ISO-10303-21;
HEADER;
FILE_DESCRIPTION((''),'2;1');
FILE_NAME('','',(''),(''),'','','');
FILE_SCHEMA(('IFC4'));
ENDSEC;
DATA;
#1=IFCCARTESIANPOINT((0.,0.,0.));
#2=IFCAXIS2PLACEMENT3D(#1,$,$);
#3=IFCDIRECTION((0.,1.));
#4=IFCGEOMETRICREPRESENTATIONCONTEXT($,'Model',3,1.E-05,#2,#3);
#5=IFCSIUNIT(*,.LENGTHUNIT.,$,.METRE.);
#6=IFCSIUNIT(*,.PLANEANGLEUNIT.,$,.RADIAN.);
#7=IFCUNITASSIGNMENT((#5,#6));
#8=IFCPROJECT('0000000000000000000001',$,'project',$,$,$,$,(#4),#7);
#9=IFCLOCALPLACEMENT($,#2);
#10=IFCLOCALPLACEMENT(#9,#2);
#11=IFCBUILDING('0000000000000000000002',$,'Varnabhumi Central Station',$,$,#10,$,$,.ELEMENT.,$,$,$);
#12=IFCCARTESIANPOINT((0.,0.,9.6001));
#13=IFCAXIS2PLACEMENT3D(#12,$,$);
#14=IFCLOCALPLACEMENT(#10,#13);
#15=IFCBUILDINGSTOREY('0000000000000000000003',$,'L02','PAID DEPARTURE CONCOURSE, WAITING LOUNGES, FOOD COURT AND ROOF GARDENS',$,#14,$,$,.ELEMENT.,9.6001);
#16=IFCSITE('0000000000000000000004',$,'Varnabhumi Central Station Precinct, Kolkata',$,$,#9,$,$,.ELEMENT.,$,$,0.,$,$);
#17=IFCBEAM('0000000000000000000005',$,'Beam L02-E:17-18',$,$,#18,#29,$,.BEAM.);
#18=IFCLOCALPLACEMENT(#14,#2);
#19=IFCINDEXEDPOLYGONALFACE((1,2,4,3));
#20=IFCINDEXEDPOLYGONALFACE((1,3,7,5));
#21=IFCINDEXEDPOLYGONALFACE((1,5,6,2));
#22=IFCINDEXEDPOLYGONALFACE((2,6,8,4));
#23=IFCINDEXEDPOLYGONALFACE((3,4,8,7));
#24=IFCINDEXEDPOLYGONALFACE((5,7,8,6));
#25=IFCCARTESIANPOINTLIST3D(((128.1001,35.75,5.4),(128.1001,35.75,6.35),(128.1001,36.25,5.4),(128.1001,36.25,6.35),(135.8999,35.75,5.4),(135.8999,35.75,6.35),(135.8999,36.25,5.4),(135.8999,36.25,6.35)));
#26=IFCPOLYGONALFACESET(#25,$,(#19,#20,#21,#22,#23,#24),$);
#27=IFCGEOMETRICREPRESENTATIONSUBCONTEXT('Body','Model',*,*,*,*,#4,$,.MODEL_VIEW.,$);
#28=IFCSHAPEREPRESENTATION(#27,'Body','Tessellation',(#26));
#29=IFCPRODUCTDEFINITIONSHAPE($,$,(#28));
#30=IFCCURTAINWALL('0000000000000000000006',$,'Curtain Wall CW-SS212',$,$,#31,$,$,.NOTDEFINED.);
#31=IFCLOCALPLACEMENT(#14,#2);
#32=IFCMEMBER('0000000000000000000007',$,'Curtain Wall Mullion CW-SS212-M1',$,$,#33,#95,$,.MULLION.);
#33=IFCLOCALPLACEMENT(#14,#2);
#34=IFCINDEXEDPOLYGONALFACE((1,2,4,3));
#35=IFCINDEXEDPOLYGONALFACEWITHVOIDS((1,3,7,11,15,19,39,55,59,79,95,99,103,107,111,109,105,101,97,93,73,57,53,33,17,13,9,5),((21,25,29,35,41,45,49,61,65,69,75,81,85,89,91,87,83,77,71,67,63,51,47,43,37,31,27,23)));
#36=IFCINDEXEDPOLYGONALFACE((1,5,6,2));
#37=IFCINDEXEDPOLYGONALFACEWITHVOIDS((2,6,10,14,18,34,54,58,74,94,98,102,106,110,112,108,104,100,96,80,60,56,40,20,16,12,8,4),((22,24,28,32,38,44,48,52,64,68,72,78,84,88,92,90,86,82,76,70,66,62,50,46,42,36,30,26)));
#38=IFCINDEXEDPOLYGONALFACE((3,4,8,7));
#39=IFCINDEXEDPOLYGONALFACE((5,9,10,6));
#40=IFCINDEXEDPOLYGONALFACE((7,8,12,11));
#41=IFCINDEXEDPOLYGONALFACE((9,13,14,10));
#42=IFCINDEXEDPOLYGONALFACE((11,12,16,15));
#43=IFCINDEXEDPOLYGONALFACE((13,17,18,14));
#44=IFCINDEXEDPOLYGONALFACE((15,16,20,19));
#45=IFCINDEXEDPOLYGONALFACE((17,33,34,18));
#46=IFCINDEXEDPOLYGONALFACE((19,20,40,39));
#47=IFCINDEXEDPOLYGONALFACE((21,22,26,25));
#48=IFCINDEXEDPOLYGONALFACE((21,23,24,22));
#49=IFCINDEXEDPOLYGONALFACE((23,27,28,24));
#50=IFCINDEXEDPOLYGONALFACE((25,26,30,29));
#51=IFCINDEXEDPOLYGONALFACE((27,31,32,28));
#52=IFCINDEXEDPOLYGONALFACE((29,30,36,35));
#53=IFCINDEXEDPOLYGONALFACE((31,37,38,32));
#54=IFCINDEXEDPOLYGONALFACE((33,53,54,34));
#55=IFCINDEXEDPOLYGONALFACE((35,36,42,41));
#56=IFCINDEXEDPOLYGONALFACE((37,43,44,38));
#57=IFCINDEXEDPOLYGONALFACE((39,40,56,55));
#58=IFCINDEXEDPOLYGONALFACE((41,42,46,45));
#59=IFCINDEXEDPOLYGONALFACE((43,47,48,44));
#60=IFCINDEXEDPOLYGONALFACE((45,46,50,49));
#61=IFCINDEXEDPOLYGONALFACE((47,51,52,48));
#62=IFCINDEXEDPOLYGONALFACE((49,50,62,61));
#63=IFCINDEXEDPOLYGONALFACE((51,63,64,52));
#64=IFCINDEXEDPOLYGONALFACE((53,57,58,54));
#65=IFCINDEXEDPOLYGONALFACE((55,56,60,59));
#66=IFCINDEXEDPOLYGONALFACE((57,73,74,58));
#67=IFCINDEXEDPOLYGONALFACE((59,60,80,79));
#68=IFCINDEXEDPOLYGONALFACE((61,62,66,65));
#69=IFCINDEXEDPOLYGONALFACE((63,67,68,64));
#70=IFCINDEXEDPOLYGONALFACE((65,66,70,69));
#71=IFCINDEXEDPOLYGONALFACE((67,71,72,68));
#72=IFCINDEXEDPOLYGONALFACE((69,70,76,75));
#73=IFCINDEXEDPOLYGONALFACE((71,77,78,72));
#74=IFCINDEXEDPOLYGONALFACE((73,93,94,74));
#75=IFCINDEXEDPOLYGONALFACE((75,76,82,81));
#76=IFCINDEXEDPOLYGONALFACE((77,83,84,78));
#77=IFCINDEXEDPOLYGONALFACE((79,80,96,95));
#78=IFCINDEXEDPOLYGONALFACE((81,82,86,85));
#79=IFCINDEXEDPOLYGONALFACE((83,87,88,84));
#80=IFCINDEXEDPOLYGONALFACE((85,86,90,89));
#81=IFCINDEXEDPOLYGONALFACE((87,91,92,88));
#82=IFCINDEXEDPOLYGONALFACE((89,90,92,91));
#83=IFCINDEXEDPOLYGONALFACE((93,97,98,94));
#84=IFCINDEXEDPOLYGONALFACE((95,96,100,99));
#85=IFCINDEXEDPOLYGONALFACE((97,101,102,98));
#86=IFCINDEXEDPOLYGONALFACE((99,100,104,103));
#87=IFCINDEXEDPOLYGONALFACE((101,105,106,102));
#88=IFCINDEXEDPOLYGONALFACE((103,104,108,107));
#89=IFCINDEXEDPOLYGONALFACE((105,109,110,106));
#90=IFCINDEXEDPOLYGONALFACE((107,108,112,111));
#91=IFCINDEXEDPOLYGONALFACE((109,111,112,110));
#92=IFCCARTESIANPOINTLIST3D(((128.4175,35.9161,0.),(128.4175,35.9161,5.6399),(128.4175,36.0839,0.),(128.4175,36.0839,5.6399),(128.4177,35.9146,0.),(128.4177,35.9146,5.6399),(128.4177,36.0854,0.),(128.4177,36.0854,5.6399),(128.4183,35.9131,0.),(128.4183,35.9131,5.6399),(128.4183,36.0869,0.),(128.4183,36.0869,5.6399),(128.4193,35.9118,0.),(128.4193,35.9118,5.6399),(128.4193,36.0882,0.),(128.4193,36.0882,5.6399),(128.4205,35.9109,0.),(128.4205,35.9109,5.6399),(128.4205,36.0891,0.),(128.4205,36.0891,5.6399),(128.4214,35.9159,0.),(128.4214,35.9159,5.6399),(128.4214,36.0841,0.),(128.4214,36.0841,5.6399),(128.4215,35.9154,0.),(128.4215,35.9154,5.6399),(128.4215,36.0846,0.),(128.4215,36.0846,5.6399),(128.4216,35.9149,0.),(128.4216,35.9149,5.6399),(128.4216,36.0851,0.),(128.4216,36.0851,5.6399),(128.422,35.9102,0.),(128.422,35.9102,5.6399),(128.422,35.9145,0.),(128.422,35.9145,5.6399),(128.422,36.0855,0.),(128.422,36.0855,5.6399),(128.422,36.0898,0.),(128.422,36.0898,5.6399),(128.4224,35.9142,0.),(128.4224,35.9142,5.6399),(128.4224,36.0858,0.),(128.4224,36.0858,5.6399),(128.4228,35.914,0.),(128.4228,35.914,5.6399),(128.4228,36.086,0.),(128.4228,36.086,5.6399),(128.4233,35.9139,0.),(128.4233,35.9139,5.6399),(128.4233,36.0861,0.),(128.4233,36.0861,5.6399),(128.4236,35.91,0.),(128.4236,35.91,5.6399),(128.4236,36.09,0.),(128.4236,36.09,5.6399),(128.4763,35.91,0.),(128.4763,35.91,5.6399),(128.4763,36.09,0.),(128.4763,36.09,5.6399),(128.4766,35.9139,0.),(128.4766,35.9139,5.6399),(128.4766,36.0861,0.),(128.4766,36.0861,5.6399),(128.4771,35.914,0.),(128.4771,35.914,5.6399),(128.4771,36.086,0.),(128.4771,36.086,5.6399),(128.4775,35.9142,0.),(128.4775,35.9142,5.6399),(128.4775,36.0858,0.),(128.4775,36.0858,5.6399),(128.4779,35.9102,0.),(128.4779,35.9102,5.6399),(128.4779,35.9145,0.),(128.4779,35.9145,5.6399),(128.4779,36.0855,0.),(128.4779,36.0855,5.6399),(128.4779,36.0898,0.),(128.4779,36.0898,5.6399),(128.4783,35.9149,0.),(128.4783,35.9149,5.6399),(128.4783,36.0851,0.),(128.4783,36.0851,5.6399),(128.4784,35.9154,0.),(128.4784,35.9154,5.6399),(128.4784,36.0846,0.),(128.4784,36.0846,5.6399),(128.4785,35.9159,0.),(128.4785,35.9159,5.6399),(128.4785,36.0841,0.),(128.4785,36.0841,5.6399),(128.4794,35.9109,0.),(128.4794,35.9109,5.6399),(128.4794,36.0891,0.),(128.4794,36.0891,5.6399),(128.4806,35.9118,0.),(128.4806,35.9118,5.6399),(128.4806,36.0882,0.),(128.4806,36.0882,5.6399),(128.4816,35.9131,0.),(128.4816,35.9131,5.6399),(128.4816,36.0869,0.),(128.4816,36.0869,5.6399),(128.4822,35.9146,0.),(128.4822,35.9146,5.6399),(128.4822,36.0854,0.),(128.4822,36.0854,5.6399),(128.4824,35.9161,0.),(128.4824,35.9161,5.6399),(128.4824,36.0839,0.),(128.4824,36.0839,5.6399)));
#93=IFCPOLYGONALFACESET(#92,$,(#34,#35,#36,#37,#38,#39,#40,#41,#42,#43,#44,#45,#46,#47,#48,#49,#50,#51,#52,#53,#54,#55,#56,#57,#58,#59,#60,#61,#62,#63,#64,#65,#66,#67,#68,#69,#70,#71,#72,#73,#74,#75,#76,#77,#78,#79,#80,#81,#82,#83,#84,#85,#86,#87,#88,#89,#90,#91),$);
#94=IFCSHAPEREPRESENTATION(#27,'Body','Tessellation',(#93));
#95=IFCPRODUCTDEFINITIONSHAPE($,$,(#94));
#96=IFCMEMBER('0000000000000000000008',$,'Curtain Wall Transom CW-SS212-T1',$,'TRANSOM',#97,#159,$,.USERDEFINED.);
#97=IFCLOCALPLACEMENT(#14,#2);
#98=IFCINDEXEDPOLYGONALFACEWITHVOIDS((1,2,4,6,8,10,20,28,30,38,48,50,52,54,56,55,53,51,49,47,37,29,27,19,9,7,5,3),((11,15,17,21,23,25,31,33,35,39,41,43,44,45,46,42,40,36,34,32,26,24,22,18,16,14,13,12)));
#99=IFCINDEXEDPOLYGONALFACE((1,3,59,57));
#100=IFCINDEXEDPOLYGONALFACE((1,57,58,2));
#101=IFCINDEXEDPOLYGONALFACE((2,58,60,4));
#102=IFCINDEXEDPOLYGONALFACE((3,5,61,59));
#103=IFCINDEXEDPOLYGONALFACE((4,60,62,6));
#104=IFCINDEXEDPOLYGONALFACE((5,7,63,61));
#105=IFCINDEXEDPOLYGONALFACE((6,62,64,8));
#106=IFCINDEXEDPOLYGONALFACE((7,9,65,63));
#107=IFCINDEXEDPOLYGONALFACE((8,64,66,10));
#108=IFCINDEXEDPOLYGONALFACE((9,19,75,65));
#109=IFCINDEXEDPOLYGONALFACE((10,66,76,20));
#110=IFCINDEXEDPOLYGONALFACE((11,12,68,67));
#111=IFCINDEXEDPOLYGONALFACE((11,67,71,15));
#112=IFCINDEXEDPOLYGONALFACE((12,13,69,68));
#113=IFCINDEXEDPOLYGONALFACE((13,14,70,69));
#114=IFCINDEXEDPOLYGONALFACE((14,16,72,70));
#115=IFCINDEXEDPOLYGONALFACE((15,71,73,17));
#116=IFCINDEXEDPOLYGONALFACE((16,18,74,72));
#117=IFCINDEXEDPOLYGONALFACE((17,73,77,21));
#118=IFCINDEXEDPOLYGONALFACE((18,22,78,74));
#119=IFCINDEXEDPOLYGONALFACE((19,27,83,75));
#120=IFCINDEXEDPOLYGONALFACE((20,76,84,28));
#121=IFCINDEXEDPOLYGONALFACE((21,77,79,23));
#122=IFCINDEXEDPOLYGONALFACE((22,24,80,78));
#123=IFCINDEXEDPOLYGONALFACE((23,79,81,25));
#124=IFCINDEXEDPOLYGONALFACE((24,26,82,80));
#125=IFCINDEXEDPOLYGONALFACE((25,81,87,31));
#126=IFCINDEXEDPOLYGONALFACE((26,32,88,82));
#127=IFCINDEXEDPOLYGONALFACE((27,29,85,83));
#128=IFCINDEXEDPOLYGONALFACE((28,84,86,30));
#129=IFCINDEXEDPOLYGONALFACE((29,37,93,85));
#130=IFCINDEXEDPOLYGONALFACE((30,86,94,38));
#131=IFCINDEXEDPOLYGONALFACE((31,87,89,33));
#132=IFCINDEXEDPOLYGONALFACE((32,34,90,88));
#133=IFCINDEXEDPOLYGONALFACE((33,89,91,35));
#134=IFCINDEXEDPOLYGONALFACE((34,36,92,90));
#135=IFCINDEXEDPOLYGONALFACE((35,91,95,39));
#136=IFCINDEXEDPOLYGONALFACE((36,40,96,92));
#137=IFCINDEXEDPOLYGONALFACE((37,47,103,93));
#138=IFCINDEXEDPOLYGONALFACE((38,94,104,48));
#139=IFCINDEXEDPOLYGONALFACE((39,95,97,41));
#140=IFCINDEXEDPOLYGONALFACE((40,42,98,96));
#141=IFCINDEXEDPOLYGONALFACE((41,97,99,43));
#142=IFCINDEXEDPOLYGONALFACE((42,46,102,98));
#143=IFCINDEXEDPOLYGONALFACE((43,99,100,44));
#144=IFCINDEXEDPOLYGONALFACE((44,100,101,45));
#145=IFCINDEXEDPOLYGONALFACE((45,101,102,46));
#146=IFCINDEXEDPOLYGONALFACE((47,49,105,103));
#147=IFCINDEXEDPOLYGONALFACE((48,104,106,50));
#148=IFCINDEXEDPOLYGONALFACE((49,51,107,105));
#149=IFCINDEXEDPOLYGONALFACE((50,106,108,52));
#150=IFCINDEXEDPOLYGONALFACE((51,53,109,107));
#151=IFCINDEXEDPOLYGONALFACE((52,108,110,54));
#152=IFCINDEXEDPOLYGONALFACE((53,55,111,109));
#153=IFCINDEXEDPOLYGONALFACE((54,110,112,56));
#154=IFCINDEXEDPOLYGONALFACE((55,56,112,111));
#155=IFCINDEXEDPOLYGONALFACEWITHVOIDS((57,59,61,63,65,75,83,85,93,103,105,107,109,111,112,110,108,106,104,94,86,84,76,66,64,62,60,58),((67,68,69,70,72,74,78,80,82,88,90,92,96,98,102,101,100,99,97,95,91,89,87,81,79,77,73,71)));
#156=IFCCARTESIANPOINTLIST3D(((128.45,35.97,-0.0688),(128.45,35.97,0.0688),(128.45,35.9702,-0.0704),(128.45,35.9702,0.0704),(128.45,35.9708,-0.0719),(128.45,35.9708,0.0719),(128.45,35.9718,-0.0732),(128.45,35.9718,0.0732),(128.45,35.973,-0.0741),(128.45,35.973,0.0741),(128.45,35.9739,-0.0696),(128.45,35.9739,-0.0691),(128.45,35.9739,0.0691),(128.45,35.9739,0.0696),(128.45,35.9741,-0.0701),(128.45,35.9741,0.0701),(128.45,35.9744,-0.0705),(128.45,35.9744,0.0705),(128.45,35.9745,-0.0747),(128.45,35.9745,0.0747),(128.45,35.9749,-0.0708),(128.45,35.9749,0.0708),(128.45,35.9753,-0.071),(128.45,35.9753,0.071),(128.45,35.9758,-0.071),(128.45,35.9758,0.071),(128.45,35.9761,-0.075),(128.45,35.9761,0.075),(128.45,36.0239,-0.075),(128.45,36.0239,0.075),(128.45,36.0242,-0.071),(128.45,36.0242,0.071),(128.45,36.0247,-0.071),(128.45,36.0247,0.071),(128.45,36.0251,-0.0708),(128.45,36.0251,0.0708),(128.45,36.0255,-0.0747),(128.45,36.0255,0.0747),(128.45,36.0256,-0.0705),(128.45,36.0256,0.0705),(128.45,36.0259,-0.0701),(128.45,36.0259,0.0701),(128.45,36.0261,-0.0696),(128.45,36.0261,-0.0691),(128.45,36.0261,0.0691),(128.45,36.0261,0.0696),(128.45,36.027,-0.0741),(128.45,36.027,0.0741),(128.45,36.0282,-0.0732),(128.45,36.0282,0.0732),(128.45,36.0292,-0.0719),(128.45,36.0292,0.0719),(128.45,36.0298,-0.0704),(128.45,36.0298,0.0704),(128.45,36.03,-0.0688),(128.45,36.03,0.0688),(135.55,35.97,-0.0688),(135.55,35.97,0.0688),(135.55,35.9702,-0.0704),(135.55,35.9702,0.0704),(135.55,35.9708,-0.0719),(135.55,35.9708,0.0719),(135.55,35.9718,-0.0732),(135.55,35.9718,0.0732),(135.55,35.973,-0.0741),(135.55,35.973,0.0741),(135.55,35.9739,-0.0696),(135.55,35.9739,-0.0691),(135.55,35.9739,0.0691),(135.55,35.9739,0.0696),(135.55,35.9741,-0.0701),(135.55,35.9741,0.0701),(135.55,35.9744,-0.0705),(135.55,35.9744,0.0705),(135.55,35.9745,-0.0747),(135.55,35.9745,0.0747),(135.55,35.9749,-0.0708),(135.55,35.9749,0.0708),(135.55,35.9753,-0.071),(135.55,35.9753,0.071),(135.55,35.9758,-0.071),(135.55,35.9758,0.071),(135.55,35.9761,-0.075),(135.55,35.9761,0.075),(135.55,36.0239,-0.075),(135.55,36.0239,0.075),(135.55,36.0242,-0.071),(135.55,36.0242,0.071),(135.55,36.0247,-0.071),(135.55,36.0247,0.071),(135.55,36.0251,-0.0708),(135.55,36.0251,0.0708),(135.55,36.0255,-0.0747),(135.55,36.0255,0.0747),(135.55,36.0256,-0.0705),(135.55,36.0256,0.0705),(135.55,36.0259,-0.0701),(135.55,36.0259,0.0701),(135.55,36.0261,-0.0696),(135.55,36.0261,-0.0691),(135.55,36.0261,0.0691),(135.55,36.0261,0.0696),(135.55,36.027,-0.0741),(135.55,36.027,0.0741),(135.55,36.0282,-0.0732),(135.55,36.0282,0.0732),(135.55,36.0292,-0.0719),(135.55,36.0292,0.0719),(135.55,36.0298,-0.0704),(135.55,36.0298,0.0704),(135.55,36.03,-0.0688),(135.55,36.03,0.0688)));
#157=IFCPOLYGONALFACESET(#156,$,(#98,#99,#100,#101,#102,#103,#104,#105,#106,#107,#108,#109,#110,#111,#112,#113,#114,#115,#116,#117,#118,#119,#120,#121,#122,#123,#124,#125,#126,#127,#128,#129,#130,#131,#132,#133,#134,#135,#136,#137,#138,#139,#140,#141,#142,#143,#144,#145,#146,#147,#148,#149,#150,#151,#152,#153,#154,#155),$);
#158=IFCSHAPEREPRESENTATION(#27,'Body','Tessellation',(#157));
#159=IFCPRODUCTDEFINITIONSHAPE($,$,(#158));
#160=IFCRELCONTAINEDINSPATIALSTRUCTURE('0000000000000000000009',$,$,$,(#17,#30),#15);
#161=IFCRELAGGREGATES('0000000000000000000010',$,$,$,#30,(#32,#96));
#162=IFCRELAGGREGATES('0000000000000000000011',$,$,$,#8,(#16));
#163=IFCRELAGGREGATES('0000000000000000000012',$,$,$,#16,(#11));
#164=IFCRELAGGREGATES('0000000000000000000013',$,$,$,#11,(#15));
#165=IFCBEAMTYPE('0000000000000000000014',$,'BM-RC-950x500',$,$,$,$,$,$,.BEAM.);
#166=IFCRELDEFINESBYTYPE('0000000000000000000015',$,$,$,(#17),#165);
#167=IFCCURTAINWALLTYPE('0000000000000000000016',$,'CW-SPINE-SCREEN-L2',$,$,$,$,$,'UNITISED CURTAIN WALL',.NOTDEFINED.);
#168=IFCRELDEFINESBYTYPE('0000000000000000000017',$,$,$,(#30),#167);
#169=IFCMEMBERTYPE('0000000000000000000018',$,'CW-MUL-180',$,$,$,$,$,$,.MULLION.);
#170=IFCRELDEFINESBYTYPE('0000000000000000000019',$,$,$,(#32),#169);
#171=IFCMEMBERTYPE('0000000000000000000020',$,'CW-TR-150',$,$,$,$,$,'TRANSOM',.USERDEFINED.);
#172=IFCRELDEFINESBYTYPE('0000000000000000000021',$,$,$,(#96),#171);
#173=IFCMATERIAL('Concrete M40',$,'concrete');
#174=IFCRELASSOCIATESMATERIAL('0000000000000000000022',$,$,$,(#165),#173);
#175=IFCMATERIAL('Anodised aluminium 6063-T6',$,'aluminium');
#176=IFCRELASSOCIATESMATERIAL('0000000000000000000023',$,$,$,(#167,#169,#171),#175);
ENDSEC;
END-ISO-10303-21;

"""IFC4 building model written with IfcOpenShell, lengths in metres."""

from ifc_helpers import new_model, si_unit, direction, frame, origin, origin_2d, place, context, subcontext, project, spatial, rectangle, hollow_rectangle, extrude, material, material_profile, profile_set, type_object, element, aggregate, save


model = new_model("IFC4")

# Units and contexts
model_context = context("Model", 3, precision=1e-05, world=origin(), true_north=direction((0.0, 1.0)))
body_context = subcontext(model_context, "Body", "Model", "MODEL_VIEW")
ifc_project = project(units=[si_unit("LENGTHUNIT", "METRE"), si_unit("PLANEANGLEUNIT", "RADIAN")], contexts=[model_context])

# Site, building, storey
site_placement = place(None, origin())
site = spatial("IfcSite", under=ifc_project, at=site_placement, Name="Varnabhumi Central Station Precinct, Kolkata", CompositionType="ELEMENT", RefElevation=0.0)
building_placement = place(site_placement, origin())
building = spatial("IfcBuilding", under=site, at=building_placement, Name="Varnabhumi Central Station", CompositionType="ELEMENT")
storey_placement = place(building_placement, frame((0.0, 0.0, 9.6001)))
storey = spatial("IfcBuildingStorey", under=building, at=storey_placement, Name="L02", Description="PAID DEPARTURE CONCOURSE, WAITING LOUNGES, FOOD COURT AND ROOF GARDENS", CompositionType="ELEMENT", Elevation=9.6001)

# Beam
ifc_material_1 = material(Name="Concrete M40", Category="concrete")
ifc_material_profile_1 = material_profile(ifc_material_1, rectangle(XDim=0.5, YDim=0.95, at=origin_2d()), Name="Concrete M40", Category="concrete")
ifc_profile_set_1 = profile_set([ifc_material_profile_1], Name="Concrete M40")
beam_type_1 = type_object("IfcBeamType", Name="BM-RC-950x500", PredefinedType="BEAM", material=ifc_profile_set_1)
beam_1_placement = place(storey_placement, frame((128.1001, 36.0, 5.875), z_axis=(1.0, 0.0, 0.0), x_axis=(0.0, 1.0, 0.0)))
element("IfcBeam", 1, at=beam_1_placement, inside=storey, type_object=beam_type_1, Name="Beam L02-E:17-18", PredefinedType="BEAM", context=body_context, shape_type="SweptSolid", body=[
    extrude(rectangle(XDim=0.5, YDim=0.95, at=origin_2d()), origin(), (0.0, 0.0, 1.0), 7.7998),
])

# Curtain wall, members
ifc_material_2 = material(Name="Anodised aluminium 6063-T6", Category="aluminium")
curtain_wall_type = type_object("IfcCurtainWallType", Name="CW-SPINE-SCREEN-L2", ElementType="UNITISED CURTAIN WALL", PredefinedType="NOTDEFINED", material=ifc_material_2)
curtain_wall_placement = place(storey_placement, origin())
curtain_wall = element("IfcCurtainWall", 2, at=curtain_wall_placement, inside=storey, type_object=curtain_wall_type, Name="Curtain Wall CW-SS212", PredefinedType="NOTDEFINED")
ifc_material_profile_2 = material_profile(ifc_material_2, hollow_rectangle(XDim=0.0649, YDim=0.1799, WallThickness=0.0039, InnerFilletRadius=0.002, OuterFilletRadius=0.0061, at=origin_2d()), Name="Anodised aluminium 6063-T6", Category="aluminium")
ifc_profile_set_2 = profile_set([ifc_material_profile_2], Name="Anodised aluminium 6063-T6")
member_type_1 = type_object("IfcMemberType", Name="CW-MUL-180", PredefinedType="MULLION", material=ifc_profile_set_2)
member_1_placement = place(storey_placement, frame((128.45, 36.0, 0.0), z_axis=(0.0, 0.0, 1.0), x_axis=(1.0, 0.0, 0.0)))
member_1 = element("IfcMember", 3, at=member_1_placement, type_object=member_type_1, Name="Curtain Wall Mullion CW-SS212-M1", PredefinedType="MULLION", context=body_context, shape_type="SweptSolid", body=[
    extrude(hollow_rectangle(XDim=0.0649, YDim=0.1799, WallThickness=0.0039, InnerFilletRadius=0.002, OuterFilletRadius=0.0061, at=origin_2d()), origin(), (0.0, 0.0, 1.0), 5.6399),
])
ifc_material_profile_3 = material_profile(ifc_material_2, hollow_rectangle(XDim=0.0601, YDim=0.1499, WallThickness=0.0039, InnerFilletRadius=0.002, OuterFilletRadius=0.0061, at=origin_2d()), Name="Anodised aluminium 6063-T6", Category="aluminium")
ifc_profile_set_3 = profile_set([ifc_material_profile_3], Name="Anodised aluminium 6063-T6")
member_type_2 = type_object("IfcMemberType", Name="CW-TR-150", ElementType="TRANSOM", PredefinedType="USERDEFINED", material=ifc_profile_set_3)
member_2_placement = place(storey_placement, frame((128.45, 36.0, 0.0), z_axis=(1.0, 0.0, 0.0), x_axis=(0.0, 1.0, 0.0)))
member_2 = element("IfcMember", 4, at=member_2_placement, type_object=member_type_2, Name="Curtain Wall Transom CW-SS212-T1", ObjectType="TRANSOM", PredefinedType="USERDEFINED", context=body_context, shape_type="SweptSolid", body=[
    extrude(hollow_rectangle(XDim=0.0601, YDim=0.1499, WallThickness=0.0039, InnerFilletRadius=0.002, OuterFilletRadius=0.0061, at=origin_2d()), origin(), (0.0, 0.0, 1.0), 7.1001),
])
aggregate(curtain_wall, [member_1, member_2])

save(model, "model.ifc")
